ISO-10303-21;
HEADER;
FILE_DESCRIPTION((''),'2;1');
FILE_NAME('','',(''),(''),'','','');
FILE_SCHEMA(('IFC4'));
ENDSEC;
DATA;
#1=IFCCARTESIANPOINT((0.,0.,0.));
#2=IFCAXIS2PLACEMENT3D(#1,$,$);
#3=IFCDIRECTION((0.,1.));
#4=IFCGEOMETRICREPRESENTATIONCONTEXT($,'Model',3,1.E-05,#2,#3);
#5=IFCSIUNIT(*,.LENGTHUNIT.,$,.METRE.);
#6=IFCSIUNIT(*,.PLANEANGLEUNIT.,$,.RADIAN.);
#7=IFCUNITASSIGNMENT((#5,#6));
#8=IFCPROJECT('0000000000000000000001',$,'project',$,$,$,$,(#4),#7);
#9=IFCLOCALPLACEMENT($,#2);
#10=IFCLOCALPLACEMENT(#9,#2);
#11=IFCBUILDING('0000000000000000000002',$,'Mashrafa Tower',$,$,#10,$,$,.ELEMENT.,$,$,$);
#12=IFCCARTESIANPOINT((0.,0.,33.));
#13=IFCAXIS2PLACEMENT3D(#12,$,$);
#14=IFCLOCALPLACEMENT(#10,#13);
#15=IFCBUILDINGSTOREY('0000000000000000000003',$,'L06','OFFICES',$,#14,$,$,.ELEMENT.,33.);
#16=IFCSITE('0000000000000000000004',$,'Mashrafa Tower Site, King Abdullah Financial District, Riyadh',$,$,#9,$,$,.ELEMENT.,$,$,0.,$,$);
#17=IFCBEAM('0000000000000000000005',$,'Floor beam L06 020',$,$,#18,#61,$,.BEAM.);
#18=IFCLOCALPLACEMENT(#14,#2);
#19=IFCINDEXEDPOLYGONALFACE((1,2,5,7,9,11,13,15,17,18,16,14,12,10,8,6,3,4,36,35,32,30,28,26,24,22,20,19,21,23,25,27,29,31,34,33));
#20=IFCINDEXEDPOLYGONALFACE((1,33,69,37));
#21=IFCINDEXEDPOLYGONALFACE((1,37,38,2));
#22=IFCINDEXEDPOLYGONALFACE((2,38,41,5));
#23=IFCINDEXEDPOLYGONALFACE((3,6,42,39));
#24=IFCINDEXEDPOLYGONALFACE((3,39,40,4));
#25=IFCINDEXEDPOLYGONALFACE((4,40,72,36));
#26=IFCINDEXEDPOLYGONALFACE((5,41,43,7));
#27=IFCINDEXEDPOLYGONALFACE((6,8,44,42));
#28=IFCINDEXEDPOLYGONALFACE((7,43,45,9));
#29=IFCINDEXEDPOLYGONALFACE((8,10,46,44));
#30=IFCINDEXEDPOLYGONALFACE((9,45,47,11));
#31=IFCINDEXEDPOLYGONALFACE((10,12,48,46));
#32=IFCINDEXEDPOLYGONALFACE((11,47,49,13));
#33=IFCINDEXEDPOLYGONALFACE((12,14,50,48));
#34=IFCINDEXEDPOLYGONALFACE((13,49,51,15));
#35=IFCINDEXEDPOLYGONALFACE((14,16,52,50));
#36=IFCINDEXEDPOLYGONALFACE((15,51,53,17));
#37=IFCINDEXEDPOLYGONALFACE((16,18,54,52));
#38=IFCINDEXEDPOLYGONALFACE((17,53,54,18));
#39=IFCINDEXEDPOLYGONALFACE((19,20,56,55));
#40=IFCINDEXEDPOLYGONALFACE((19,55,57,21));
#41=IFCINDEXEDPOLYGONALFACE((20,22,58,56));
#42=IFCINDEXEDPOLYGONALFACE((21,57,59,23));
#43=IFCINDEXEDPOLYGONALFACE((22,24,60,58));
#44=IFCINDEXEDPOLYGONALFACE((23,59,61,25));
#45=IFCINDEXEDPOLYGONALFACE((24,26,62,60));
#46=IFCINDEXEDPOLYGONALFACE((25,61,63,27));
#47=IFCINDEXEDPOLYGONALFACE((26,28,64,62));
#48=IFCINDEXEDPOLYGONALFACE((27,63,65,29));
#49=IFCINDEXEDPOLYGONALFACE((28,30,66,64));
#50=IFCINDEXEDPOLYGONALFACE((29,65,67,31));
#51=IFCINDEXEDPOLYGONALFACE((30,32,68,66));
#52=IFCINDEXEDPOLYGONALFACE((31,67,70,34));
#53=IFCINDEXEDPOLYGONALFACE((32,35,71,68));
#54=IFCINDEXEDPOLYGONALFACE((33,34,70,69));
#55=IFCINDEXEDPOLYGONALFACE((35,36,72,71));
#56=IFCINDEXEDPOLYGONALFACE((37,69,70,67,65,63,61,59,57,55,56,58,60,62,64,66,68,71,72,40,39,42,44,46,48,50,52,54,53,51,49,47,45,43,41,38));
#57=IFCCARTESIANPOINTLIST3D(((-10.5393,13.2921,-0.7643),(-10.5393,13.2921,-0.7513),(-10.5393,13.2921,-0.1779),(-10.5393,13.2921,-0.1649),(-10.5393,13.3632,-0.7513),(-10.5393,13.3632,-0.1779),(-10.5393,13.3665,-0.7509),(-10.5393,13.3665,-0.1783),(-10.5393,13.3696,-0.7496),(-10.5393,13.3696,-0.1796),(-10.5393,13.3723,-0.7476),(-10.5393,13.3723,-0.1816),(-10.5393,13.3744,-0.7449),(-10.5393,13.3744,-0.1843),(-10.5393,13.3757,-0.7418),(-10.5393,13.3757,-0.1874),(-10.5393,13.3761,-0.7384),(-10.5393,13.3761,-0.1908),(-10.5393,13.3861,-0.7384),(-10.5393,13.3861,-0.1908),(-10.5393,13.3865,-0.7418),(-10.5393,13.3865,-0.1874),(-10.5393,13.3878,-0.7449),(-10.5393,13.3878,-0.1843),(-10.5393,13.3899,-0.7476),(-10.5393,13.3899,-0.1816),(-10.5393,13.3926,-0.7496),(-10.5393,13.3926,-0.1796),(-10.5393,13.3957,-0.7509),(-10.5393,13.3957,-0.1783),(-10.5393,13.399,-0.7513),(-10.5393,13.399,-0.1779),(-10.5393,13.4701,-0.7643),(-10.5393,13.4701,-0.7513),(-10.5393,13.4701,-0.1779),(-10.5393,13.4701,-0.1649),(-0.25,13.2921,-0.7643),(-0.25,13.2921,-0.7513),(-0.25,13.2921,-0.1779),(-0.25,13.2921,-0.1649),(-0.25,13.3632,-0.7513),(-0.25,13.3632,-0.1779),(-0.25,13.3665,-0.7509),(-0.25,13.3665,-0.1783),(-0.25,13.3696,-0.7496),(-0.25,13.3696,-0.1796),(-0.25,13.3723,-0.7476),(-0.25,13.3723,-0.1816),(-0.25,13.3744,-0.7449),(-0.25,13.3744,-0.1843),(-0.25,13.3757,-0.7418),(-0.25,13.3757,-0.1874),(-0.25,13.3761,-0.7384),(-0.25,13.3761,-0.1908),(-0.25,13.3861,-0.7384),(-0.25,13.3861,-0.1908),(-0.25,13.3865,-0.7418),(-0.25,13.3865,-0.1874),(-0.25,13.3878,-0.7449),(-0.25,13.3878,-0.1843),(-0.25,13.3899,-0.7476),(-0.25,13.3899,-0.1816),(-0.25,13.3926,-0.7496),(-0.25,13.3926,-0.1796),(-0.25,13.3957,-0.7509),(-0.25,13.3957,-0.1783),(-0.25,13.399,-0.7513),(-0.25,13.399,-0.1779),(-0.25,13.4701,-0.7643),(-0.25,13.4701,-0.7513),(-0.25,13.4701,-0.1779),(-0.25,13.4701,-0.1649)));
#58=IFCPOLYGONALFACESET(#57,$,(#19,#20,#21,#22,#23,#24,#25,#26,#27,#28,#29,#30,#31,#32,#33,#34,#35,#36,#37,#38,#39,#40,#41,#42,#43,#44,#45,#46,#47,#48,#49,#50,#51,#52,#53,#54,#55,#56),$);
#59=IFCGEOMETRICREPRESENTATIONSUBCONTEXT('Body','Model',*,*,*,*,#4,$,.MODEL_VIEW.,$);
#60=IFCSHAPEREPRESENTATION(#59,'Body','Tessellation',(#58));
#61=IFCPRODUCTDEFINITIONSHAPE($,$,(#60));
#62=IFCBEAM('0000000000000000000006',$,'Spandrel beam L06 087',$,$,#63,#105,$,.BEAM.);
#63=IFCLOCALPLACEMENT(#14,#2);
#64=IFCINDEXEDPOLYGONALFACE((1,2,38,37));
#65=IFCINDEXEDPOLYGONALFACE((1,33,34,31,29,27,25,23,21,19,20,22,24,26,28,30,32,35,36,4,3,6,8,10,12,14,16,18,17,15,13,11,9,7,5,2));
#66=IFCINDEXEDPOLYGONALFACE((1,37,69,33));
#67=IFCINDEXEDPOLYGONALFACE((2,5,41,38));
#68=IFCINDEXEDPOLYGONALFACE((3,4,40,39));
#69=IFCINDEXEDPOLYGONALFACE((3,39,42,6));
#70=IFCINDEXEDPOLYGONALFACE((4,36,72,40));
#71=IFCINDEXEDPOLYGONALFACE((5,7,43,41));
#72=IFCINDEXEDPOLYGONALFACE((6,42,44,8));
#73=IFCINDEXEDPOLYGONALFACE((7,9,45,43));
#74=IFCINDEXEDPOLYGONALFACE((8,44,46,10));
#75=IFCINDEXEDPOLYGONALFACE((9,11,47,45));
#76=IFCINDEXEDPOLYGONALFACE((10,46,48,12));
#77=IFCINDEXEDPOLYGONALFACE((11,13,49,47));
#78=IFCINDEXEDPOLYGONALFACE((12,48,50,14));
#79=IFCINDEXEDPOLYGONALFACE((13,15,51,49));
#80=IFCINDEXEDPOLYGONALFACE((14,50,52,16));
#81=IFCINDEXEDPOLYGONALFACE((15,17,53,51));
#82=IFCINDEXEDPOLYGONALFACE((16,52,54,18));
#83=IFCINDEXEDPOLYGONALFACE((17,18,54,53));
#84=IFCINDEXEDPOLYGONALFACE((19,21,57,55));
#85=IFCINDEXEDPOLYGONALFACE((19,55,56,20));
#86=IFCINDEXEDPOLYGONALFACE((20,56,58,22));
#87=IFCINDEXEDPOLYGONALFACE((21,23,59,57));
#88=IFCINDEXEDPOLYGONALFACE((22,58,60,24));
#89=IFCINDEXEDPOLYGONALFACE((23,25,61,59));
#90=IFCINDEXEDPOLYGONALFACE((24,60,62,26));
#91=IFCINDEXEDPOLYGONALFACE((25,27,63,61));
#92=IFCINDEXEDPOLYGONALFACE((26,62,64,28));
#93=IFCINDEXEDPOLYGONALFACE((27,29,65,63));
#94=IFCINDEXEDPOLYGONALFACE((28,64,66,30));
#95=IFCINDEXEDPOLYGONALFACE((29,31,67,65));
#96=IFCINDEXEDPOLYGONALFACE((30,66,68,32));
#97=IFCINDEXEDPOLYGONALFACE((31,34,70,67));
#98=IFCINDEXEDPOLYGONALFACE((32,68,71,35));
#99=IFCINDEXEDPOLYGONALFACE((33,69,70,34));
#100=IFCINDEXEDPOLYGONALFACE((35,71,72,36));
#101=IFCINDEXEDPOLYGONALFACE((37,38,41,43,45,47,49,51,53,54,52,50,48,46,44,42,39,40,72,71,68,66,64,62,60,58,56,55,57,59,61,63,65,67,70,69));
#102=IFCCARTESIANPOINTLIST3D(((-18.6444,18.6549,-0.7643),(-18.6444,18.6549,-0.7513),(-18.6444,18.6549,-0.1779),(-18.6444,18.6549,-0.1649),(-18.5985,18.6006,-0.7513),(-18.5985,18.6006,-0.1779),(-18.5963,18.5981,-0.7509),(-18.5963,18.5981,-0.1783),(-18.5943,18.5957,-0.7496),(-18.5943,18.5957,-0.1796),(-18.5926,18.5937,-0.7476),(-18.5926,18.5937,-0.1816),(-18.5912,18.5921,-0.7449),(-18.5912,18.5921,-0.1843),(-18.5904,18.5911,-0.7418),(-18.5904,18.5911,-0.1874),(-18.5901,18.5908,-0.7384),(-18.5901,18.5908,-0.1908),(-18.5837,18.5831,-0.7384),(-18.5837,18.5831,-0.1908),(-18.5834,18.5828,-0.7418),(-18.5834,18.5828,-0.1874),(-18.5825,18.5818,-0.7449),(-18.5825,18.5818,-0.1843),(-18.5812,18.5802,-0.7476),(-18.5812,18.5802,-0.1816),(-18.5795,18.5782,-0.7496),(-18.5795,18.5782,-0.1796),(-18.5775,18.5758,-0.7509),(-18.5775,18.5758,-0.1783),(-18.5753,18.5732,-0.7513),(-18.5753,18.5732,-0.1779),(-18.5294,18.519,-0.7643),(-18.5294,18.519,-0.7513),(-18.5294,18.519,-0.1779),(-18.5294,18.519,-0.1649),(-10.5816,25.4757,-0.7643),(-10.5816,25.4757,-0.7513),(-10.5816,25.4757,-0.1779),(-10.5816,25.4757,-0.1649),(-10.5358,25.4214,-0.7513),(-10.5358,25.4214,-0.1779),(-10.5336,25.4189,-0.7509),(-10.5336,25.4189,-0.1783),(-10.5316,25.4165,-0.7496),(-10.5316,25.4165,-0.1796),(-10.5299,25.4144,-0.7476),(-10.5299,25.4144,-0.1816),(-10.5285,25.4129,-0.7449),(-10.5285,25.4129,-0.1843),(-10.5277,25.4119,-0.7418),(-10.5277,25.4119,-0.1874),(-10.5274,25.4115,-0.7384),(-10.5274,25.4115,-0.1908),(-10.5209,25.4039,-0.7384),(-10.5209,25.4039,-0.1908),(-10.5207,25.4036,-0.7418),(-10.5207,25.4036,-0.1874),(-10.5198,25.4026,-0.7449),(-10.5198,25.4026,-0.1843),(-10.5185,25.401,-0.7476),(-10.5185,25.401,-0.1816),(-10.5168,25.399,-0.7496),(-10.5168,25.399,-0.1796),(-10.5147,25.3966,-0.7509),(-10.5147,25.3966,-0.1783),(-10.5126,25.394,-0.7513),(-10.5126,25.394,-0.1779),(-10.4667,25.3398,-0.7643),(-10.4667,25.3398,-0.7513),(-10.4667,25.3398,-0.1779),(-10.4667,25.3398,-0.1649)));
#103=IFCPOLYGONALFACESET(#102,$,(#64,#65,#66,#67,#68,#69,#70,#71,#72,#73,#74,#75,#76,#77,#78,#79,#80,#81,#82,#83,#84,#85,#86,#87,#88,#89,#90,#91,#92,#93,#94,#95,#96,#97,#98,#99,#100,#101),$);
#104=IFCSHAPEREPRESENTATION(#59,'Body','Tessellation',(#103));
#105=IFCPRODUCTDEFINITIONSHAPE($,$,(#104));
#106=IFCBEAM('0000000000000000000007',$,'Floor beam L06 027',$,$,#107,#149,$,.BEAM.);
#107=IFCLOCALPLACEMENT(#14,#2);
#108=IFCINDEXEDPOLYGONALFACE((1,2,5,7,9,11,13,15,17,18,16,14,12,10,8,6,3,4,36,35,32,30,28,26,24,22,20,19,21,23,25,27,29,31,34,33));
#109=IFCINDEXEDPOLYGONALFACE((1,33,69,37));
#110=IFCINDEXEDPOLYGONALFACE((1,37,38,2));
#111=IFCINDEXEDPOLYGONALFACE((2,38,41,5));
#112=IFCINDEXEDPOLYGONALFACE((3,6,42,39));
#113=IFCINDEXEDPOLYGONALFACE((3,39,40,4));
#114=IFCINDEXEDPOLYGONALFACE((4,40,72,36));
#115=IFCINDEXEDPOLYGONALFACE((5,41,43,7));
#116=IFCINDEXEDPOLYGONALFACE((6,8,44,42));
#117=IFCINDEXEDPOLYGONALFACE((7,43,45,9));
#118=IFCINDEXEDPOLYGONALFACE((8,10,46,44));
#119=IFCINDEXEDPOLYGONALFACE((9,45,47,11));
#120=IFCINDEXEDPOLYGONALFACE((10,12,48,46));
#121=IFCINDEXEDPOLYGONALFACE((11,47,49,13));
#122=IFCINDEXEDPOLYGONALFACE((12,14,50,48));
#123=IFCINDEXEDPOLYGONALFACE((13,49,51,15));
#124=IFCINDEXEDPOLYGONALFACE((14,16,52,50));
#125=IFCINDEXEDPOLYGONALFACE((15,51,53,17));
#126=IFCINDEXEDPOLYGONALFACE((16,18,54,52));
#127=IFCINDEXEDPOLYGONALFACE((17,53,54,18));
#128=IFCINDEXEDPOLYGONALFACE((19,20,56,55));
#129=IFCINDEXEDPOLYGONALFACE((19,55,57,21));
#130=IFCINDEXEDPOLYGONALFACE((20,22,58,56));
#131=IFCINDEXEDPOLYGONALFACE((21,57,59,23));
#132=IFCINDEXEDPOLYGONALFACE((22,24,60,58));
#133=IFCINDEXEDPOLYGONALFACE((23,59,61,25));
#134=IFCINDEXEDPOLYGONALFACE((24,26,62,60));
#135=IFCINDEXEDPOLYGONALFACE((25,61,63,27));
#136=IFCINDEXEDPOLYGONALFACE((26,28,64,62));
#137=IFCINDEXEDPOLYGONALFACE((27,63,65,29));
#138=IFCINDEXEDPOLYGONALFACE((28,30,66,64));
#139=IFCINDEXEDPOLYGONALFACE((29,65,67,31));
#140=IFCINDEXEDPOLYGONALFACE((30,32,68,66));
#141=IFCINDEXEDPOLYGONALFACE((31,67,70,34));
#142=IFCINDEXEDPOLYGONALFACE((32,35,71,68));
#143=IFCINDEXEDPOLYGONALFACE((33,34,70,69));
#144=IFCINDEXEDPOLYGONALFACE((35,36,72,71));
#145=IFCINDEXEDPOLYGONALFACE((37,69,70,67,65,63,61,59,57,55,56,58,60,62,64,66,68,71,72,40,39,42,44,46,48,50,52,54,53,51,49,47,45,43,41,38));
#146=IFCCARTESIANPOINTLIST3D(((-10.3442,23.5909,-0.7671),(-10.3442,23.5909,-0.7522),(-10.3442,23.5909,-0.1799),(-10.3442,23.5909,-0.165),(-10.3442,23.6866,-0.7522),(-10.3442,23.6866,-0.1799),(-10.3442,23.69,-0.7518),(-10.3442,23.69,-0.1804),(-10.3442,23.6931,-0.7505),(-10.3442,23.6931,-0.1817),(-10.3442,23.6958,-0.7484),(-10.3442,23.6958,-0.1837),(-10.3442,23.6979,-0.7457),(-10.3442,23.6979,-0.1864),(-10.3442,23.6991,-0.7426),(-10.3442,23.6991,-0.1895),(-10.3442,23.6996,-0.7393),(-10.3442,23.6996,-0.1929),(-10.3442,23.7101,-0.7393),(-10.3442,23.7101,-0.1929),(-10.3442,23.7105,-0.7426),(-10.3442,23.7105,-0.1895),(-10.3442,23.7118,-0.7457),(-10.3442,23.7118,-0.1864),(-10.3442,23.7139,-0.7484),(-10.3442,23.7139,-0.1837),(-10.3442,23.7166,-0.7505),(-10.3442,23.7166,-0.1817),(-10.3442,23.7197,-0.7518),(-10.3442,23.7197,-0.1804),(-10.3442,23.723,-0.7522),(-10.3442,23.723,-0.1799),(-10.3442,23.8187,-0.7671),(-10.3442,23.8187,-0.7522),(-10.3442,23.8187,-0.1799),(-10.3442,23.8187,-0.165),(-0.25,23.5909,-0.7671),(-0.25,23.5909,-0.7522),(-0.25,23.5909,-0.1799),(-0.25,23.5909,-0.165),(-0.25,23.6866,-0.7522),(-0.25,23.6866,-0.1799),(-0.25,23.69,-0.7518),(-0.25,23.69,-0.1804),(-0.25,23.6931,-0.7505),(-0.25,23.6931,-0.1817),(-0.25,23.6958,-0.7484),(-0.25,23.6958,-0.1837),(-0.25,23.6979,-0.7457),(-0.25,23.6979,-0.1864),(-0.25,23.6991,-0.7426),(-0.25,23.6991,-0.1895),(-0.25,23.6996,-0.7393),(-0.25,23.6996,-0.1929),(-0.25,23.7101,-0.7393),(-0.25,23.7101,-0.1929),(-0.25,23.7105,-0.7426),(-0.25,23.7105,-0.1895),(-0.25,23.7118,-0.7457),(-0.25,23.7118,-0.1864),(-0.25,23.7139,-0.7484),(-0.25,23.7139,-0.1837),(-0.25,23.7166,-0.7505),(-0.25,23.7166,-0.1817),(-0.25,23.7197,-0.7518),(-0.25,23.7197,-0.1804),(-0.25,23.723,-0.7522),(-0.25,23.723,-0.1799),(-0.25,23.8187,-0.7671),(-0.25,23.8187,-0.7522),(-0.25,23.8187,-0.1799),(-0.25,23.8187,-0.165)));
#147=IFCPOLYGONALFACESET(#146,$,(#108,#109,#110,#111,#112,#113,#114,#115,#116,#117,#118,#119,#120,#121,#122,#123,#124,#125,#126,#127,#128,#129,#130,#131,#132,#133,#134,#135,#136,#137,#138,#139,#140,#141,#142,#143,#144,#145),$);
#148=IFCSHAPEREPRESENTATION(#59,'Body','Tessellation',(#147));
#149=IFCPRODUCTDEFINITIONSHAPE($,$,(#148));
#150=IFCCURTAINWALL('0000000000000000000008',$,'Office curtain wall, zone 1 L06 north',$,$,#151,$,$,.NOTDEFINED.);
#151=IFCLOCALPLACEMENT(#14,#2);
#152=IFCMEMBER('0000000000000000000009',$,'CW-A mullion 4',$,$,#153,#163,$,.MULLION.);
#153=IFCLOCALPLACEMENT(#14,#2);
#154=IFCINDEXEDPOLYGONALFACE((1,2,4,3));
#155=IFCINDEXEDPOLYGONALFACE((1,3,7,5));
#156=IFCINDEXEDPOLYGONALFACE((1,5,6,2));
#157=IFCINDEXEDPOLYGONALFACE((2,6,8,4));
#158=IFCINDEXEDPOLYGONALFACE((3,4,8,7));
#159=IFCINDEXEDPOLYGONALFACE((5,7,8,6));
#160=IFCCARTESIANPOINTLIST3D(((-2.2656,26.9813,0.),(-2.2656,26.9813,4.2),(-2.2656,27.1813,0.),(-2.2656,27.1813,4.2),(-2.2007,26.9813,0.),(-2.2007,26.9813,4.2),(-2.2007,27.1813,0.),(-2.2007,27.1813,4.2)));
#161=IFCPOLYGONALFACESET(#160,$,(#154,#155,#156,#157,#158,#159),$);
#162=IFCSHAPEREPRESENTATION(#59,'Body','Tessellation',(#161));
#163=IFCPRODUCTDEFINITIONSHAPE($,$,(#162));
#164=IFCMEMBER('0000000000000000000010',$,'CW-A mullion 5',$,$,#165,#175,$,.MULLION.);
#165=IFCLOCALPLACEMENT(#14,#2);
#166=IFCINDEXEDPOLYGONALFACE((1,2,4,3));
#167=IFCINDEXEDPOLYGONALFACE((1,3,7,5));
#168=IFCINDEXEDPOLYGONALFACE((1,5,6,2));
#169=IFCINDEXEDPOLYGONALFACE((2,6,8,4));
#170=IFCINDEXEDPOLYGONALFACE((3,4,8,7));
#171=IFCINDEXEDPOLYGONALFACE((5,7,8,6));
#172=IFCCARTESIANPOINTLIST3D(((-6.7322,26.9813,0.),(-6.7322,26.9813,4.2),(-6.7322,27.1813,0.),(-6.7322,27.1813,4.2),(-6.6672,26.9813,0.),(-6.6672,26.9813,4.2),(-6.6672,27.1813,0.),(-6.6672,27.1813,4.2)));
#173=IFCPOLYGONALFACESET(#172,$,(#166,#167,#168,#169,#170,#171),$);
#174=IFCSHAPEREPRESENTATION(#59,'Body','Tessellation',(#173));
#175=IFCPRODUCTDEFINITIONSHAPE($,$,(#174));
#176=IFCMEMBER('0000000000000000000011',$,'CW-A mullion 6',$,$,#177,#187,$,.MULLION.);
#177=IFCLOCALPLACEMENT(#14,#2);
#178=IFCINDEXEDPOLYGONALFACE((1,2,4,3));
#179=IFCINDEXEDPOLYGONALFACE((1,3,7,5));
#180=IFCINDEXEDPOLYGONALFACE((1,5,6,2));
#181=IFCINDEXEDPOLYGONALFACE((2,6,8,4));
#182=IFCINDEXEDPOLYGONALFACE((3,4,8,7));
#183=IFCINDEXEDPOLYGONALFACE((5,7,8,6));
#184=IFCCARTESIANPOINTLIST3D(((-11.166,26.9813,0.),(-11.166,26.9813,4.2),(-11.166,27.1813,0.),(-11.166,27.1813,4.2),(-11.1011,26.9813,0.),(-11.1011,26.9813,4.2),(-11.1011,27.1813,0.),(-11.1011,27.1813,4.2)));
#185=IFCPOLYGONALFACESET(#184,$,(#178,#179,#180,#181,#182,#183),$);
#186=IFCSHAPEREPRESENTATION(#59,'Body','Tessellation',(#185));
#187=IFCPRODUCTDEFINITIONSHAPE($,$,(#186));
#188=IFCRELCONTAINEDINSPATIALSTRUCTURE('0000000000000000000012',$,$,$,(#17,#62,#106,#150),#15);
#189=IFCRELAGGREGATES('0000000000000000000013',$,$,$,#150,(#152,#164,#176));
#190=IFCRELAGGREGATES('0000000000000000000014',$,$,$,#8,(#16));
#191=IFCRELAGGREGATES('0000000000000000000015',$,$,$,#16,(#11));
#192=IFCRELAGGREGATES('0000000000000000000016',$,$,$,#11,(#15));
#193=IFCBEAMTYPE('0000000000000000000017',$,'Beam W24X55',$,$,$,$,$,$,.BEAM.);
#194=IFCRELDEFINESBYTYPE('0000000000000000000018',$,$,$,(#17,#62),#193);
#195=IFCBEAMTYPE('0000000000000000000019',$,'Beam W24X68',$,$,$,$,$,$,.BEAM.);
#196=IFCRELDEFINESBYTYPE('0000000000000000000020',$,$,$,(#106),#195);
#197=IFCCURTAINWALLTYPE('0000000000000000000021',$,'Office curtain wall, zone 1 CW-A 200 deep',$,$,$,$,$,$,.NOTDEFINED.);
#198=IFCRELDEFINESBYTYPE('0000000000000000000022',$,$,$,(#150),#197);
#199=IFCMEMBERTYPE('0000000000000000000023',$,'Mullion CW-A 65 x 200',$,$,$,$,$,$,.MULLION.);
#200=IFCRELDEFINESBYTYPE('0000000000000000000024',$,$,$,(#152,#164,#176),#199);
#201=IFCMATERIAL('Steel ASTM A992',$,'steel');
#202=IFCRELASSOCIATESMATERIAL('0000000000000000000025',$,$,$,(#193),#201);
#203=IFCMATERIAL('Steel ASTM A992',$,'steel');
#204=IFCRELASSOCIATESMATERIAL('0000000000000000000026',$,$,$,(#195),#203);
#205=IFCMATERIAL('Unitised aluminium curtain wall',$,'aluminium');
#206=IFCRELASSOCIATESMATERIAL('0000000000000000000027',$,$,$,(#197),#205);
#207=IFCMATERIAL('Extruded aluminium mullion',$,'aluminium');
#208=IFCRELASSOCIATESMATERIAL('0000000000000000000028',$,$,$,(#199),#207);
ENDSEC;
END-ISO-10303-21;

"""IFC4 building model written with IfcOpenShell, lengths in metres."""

from ifc_helpers import new_model, si_unit, direction, frame, origin, origin_2d, place, context, subcontext, project, spatial, rectangle, i_section, extrude, source, transform, mapped, material, material_profile, profile_set, type_object, type_shapes, element, aggregate, save


model = new_model("IFC4")

# Units and contexts
model_context = context("Model", 3, precision=1e-05, world=origin(), true_north=direction((0.0, 1.0)))
body_context = subcontext(model_context, "Body", "Model", "MODEL_VIEW")
ifc_project = project(units=[si_unit("LENGTHUNIT", "METRE"), si_unit("PLANEANGLEUNIT", "RADIAN")], contexts=[model_context])

# Site, building, storey
site_placement = place(None, origin())
site = spatial("IfcSite", under=ifc_project, at=site_placement, Name="Mashrafa Tower Site, King Abdullah Financial District, Riyadh", CompositionType="ELEMENT", RefElevation=0.0)
building_placement = place(site_placement, origin())
building = spatial("IfcBuilding", under=site, at=building_placement, Name="Mashrafa Tower", CompositionType="ELEMENT")
storey_placement = place(building_placement, frame((0.0, 0.0, 33.0)))
storey = spatial("IfcBuildingStorey", under=building, at=storey_placement, Name="L06", Description="OFFICES", CompositionType="ELEMENT", Elevation=33.0)

# Beams
ifc_material_1 = material(Name="Steel ASTM A992", Category="steel")
ifc_material_profile_1 = material_profile(ifc_material_1, i_section(OverallWidth=0.178, OverallDepth=0.5994, WebThickness=0.01, FlangeThickness=0.0129, FilletRadius=0.0129, at=origin_2d()), Name="W24X55")
ifc_profile_set_1 = profile_set([ifc_material_profile_1], Name="Steel ASTM A992")
beam_type_1 = type_object("IfcBeamType", Name="Beam W24X55", PredefinedType="BEAM", material=ifc_profile_set_1)
beam_1_placement = place(storey_placement, frame((-10.5393, 13.3811, -0.4646), z_axis=(1.0, 0.0, 0.0), x_axis=(0.0, 1.0, 0.0)))
element("IfcBeam", 1, at=beam_1_placement, inside=storey, type_object=beam_type_1, Name="Floor beam L06 020", PredefinedType="BEAM", context=body_context, shape_type="SweptSolid", body=[
    extrude(i_section(OverallWidth=0.178, OverallDepth=0.5994, WebThickness=0.01, FlangeThickness=0.0129, FilletRadius=0.0129, at=origin_2d()), origin(), (0.0, 0.0, 1.0), 10.2893),
])
beam_2_placement = place(storey_placement, frame((-10.5242, 25.4077, -0.4646), z_axis=(-0.763457, -0.645858, 0.0), x_axis=(0.645858, -0.763457, 0.0)))
element("IfcBeam", 2, at=beam_2_placement, inside=storey, type_object=beam_type_1, Name="Spandrel beam L06 087", PredefinedType="BEAM", context=body_context, shape_type="SweptSolid", body=[
    extrude(i_section(OverallWidth=0.178, OverallDepth=0.5994, WebThickness=0.01, FlangeThickness=0.0129, FilletRadius=0.0129, at=origin_2d()), origin(), (0.0, 0.0, 1.0), 10.5608),
])
ifc_material_2 = material(Name="Steel ASTM A992", Category="steel")
ifc_material_profile_2 = material_profile(ifc_material_2, i_section(OverallWidth=0.2278, OverallDepth=0.6021, WebThickness=0.0105, FlangeThickness=0.0149, FilletRadius=0.0129, at=origin_2d()), Name="W24X68")
ifc_profile_set_2 = profile_set([ifc_material_profile_2], Name="Steel ASTM A992")
beam_type_2 = type_object("IfcBeamType", Name="Beam W24X68", PredefinedType="BEAM", material=ifc_profile_set_2)
beam_3_placement = place(storey_placement, frame((-10.3442, 23.7048, -0.4661), z_axis=(1.0, 0.0, 0.0), x_axis=(0.0, 1.0, 0.0)))
element("IfcBeam", 3, at=beam_3_placement, inside=storey, type_object=beam_type_2, Name="Floor beam L06 027", PredefinedType="BEAM", context=body_context, shape_type="SweptSolid", body=[
    extrude(i_section(OverallWidth=0.2278, OverallDepth=0.6021, WebThickness=0.0105, FlangeThickness=0.0149, FilletRadius=0.0129, at=origin_2d()), origin(), (0.0, 0.0, 1.0), 10.0942),
])

# Curtain wall, members
ifc_material_3 = material(Name="Unitised aluminium curtain wall", Category="aluminium")
curtain_wall_type = type_object("IfcCurtainWallType", Name="Office curtain wall, zone 1 CW-A 200 deep", PredefinedType="NOTDEFINED", material=ifc_material_3)
curtain_wall_1_placement = place(storey_placement, origin())
curtain_wall_1 = element("IfcCurtainWall", 4, at=curtain_wall_1_placement, inside=storey, type_object=curtain_wall_type, Name="Office curtain wall, zone 1 L06 north", PredefinedType="NOTDEFINED")
ifc_material_4 = material(Name="Extruded aluminium mullion", Category="aluminium")
ifc_material_profile_3 = material_profile(ifc_material_4, rectangle(XDim=0.2, YDim=0.0649, at=origin_2d()), Name="Mullion 65x200")
ifc_profile_set_3 = profile_set([ifc_material_profile_3], Name="Extruded aluminium mullion")
member_type_1 = type_object("IfcMemberType", Name="Mullion CW-A 65 x 200", PredefinedType="MULLION", material=ifc_profile_set_3)
shared_shape_1 = source(origin(), body_context, "Body", "SweptSolid", [
    extrude(rectangle(XDim=0.2, YDim=0.0649, at=origin_2d()), origin(), (0.0, 0.0, 1.0), 4.2),
])
type_shapes(member_type_1, [shared_shape_1])
member_1_placement = place(storey_placement, frame((-2.2332, 27.0813, 0.0), z_axis=(0.0, 0.0, 1.0), x_axis=(0.0, -1.0, 0.0)))
member_1 = element("IfcMember", 5, at=member_1_placement, type_object=member_type_1, Name="CW-A mullion 4", PredefinedType="MULLION", context=body_context, shape_type="MappedRepresentation", body=[
    mapped(shared_shape_1, transform((0.0, 0.0, 0.0))),
])
member_2_placement = place(storey_placement, frame((-6.6997, 27.0813, 0.0), z_axis=(0.0, 0.0, 1.0), x_axis=(0.0, -1.0, 0.0)))
member_2 = element("IfcMember", 6, at=member_2_placement, type_object=member_type_1, Name="CW-A mullion 5", PredefinedType="MULLION", context=body_context, shape_type="MappedRepresentation", body=[
    mapped(shared_shape_1, transform((0.0, 0.0, 0.0))),
])
member_3_placement = place(storey_placement, frame((-11.1335, 27.0813, 0.0), z_axis=(0.0, 0.0, 1.0), x_axis=(0.0, -1.0, 0.0)))
member_3 = element("IfcMember", 7, at=member_3_placement, type_object=member_type_1, Name="CW-A mullion 6", PredefinedType="MULLION", context=body_context, shape_type="MappedRepresentation", body=[
    mapped(shared_shape_1, transform((0.0, 0.0, 0.0))),
])

aggregate(curtain_wall_1, [member_1, member_2, member_3])

save(model, "model.ifc")
